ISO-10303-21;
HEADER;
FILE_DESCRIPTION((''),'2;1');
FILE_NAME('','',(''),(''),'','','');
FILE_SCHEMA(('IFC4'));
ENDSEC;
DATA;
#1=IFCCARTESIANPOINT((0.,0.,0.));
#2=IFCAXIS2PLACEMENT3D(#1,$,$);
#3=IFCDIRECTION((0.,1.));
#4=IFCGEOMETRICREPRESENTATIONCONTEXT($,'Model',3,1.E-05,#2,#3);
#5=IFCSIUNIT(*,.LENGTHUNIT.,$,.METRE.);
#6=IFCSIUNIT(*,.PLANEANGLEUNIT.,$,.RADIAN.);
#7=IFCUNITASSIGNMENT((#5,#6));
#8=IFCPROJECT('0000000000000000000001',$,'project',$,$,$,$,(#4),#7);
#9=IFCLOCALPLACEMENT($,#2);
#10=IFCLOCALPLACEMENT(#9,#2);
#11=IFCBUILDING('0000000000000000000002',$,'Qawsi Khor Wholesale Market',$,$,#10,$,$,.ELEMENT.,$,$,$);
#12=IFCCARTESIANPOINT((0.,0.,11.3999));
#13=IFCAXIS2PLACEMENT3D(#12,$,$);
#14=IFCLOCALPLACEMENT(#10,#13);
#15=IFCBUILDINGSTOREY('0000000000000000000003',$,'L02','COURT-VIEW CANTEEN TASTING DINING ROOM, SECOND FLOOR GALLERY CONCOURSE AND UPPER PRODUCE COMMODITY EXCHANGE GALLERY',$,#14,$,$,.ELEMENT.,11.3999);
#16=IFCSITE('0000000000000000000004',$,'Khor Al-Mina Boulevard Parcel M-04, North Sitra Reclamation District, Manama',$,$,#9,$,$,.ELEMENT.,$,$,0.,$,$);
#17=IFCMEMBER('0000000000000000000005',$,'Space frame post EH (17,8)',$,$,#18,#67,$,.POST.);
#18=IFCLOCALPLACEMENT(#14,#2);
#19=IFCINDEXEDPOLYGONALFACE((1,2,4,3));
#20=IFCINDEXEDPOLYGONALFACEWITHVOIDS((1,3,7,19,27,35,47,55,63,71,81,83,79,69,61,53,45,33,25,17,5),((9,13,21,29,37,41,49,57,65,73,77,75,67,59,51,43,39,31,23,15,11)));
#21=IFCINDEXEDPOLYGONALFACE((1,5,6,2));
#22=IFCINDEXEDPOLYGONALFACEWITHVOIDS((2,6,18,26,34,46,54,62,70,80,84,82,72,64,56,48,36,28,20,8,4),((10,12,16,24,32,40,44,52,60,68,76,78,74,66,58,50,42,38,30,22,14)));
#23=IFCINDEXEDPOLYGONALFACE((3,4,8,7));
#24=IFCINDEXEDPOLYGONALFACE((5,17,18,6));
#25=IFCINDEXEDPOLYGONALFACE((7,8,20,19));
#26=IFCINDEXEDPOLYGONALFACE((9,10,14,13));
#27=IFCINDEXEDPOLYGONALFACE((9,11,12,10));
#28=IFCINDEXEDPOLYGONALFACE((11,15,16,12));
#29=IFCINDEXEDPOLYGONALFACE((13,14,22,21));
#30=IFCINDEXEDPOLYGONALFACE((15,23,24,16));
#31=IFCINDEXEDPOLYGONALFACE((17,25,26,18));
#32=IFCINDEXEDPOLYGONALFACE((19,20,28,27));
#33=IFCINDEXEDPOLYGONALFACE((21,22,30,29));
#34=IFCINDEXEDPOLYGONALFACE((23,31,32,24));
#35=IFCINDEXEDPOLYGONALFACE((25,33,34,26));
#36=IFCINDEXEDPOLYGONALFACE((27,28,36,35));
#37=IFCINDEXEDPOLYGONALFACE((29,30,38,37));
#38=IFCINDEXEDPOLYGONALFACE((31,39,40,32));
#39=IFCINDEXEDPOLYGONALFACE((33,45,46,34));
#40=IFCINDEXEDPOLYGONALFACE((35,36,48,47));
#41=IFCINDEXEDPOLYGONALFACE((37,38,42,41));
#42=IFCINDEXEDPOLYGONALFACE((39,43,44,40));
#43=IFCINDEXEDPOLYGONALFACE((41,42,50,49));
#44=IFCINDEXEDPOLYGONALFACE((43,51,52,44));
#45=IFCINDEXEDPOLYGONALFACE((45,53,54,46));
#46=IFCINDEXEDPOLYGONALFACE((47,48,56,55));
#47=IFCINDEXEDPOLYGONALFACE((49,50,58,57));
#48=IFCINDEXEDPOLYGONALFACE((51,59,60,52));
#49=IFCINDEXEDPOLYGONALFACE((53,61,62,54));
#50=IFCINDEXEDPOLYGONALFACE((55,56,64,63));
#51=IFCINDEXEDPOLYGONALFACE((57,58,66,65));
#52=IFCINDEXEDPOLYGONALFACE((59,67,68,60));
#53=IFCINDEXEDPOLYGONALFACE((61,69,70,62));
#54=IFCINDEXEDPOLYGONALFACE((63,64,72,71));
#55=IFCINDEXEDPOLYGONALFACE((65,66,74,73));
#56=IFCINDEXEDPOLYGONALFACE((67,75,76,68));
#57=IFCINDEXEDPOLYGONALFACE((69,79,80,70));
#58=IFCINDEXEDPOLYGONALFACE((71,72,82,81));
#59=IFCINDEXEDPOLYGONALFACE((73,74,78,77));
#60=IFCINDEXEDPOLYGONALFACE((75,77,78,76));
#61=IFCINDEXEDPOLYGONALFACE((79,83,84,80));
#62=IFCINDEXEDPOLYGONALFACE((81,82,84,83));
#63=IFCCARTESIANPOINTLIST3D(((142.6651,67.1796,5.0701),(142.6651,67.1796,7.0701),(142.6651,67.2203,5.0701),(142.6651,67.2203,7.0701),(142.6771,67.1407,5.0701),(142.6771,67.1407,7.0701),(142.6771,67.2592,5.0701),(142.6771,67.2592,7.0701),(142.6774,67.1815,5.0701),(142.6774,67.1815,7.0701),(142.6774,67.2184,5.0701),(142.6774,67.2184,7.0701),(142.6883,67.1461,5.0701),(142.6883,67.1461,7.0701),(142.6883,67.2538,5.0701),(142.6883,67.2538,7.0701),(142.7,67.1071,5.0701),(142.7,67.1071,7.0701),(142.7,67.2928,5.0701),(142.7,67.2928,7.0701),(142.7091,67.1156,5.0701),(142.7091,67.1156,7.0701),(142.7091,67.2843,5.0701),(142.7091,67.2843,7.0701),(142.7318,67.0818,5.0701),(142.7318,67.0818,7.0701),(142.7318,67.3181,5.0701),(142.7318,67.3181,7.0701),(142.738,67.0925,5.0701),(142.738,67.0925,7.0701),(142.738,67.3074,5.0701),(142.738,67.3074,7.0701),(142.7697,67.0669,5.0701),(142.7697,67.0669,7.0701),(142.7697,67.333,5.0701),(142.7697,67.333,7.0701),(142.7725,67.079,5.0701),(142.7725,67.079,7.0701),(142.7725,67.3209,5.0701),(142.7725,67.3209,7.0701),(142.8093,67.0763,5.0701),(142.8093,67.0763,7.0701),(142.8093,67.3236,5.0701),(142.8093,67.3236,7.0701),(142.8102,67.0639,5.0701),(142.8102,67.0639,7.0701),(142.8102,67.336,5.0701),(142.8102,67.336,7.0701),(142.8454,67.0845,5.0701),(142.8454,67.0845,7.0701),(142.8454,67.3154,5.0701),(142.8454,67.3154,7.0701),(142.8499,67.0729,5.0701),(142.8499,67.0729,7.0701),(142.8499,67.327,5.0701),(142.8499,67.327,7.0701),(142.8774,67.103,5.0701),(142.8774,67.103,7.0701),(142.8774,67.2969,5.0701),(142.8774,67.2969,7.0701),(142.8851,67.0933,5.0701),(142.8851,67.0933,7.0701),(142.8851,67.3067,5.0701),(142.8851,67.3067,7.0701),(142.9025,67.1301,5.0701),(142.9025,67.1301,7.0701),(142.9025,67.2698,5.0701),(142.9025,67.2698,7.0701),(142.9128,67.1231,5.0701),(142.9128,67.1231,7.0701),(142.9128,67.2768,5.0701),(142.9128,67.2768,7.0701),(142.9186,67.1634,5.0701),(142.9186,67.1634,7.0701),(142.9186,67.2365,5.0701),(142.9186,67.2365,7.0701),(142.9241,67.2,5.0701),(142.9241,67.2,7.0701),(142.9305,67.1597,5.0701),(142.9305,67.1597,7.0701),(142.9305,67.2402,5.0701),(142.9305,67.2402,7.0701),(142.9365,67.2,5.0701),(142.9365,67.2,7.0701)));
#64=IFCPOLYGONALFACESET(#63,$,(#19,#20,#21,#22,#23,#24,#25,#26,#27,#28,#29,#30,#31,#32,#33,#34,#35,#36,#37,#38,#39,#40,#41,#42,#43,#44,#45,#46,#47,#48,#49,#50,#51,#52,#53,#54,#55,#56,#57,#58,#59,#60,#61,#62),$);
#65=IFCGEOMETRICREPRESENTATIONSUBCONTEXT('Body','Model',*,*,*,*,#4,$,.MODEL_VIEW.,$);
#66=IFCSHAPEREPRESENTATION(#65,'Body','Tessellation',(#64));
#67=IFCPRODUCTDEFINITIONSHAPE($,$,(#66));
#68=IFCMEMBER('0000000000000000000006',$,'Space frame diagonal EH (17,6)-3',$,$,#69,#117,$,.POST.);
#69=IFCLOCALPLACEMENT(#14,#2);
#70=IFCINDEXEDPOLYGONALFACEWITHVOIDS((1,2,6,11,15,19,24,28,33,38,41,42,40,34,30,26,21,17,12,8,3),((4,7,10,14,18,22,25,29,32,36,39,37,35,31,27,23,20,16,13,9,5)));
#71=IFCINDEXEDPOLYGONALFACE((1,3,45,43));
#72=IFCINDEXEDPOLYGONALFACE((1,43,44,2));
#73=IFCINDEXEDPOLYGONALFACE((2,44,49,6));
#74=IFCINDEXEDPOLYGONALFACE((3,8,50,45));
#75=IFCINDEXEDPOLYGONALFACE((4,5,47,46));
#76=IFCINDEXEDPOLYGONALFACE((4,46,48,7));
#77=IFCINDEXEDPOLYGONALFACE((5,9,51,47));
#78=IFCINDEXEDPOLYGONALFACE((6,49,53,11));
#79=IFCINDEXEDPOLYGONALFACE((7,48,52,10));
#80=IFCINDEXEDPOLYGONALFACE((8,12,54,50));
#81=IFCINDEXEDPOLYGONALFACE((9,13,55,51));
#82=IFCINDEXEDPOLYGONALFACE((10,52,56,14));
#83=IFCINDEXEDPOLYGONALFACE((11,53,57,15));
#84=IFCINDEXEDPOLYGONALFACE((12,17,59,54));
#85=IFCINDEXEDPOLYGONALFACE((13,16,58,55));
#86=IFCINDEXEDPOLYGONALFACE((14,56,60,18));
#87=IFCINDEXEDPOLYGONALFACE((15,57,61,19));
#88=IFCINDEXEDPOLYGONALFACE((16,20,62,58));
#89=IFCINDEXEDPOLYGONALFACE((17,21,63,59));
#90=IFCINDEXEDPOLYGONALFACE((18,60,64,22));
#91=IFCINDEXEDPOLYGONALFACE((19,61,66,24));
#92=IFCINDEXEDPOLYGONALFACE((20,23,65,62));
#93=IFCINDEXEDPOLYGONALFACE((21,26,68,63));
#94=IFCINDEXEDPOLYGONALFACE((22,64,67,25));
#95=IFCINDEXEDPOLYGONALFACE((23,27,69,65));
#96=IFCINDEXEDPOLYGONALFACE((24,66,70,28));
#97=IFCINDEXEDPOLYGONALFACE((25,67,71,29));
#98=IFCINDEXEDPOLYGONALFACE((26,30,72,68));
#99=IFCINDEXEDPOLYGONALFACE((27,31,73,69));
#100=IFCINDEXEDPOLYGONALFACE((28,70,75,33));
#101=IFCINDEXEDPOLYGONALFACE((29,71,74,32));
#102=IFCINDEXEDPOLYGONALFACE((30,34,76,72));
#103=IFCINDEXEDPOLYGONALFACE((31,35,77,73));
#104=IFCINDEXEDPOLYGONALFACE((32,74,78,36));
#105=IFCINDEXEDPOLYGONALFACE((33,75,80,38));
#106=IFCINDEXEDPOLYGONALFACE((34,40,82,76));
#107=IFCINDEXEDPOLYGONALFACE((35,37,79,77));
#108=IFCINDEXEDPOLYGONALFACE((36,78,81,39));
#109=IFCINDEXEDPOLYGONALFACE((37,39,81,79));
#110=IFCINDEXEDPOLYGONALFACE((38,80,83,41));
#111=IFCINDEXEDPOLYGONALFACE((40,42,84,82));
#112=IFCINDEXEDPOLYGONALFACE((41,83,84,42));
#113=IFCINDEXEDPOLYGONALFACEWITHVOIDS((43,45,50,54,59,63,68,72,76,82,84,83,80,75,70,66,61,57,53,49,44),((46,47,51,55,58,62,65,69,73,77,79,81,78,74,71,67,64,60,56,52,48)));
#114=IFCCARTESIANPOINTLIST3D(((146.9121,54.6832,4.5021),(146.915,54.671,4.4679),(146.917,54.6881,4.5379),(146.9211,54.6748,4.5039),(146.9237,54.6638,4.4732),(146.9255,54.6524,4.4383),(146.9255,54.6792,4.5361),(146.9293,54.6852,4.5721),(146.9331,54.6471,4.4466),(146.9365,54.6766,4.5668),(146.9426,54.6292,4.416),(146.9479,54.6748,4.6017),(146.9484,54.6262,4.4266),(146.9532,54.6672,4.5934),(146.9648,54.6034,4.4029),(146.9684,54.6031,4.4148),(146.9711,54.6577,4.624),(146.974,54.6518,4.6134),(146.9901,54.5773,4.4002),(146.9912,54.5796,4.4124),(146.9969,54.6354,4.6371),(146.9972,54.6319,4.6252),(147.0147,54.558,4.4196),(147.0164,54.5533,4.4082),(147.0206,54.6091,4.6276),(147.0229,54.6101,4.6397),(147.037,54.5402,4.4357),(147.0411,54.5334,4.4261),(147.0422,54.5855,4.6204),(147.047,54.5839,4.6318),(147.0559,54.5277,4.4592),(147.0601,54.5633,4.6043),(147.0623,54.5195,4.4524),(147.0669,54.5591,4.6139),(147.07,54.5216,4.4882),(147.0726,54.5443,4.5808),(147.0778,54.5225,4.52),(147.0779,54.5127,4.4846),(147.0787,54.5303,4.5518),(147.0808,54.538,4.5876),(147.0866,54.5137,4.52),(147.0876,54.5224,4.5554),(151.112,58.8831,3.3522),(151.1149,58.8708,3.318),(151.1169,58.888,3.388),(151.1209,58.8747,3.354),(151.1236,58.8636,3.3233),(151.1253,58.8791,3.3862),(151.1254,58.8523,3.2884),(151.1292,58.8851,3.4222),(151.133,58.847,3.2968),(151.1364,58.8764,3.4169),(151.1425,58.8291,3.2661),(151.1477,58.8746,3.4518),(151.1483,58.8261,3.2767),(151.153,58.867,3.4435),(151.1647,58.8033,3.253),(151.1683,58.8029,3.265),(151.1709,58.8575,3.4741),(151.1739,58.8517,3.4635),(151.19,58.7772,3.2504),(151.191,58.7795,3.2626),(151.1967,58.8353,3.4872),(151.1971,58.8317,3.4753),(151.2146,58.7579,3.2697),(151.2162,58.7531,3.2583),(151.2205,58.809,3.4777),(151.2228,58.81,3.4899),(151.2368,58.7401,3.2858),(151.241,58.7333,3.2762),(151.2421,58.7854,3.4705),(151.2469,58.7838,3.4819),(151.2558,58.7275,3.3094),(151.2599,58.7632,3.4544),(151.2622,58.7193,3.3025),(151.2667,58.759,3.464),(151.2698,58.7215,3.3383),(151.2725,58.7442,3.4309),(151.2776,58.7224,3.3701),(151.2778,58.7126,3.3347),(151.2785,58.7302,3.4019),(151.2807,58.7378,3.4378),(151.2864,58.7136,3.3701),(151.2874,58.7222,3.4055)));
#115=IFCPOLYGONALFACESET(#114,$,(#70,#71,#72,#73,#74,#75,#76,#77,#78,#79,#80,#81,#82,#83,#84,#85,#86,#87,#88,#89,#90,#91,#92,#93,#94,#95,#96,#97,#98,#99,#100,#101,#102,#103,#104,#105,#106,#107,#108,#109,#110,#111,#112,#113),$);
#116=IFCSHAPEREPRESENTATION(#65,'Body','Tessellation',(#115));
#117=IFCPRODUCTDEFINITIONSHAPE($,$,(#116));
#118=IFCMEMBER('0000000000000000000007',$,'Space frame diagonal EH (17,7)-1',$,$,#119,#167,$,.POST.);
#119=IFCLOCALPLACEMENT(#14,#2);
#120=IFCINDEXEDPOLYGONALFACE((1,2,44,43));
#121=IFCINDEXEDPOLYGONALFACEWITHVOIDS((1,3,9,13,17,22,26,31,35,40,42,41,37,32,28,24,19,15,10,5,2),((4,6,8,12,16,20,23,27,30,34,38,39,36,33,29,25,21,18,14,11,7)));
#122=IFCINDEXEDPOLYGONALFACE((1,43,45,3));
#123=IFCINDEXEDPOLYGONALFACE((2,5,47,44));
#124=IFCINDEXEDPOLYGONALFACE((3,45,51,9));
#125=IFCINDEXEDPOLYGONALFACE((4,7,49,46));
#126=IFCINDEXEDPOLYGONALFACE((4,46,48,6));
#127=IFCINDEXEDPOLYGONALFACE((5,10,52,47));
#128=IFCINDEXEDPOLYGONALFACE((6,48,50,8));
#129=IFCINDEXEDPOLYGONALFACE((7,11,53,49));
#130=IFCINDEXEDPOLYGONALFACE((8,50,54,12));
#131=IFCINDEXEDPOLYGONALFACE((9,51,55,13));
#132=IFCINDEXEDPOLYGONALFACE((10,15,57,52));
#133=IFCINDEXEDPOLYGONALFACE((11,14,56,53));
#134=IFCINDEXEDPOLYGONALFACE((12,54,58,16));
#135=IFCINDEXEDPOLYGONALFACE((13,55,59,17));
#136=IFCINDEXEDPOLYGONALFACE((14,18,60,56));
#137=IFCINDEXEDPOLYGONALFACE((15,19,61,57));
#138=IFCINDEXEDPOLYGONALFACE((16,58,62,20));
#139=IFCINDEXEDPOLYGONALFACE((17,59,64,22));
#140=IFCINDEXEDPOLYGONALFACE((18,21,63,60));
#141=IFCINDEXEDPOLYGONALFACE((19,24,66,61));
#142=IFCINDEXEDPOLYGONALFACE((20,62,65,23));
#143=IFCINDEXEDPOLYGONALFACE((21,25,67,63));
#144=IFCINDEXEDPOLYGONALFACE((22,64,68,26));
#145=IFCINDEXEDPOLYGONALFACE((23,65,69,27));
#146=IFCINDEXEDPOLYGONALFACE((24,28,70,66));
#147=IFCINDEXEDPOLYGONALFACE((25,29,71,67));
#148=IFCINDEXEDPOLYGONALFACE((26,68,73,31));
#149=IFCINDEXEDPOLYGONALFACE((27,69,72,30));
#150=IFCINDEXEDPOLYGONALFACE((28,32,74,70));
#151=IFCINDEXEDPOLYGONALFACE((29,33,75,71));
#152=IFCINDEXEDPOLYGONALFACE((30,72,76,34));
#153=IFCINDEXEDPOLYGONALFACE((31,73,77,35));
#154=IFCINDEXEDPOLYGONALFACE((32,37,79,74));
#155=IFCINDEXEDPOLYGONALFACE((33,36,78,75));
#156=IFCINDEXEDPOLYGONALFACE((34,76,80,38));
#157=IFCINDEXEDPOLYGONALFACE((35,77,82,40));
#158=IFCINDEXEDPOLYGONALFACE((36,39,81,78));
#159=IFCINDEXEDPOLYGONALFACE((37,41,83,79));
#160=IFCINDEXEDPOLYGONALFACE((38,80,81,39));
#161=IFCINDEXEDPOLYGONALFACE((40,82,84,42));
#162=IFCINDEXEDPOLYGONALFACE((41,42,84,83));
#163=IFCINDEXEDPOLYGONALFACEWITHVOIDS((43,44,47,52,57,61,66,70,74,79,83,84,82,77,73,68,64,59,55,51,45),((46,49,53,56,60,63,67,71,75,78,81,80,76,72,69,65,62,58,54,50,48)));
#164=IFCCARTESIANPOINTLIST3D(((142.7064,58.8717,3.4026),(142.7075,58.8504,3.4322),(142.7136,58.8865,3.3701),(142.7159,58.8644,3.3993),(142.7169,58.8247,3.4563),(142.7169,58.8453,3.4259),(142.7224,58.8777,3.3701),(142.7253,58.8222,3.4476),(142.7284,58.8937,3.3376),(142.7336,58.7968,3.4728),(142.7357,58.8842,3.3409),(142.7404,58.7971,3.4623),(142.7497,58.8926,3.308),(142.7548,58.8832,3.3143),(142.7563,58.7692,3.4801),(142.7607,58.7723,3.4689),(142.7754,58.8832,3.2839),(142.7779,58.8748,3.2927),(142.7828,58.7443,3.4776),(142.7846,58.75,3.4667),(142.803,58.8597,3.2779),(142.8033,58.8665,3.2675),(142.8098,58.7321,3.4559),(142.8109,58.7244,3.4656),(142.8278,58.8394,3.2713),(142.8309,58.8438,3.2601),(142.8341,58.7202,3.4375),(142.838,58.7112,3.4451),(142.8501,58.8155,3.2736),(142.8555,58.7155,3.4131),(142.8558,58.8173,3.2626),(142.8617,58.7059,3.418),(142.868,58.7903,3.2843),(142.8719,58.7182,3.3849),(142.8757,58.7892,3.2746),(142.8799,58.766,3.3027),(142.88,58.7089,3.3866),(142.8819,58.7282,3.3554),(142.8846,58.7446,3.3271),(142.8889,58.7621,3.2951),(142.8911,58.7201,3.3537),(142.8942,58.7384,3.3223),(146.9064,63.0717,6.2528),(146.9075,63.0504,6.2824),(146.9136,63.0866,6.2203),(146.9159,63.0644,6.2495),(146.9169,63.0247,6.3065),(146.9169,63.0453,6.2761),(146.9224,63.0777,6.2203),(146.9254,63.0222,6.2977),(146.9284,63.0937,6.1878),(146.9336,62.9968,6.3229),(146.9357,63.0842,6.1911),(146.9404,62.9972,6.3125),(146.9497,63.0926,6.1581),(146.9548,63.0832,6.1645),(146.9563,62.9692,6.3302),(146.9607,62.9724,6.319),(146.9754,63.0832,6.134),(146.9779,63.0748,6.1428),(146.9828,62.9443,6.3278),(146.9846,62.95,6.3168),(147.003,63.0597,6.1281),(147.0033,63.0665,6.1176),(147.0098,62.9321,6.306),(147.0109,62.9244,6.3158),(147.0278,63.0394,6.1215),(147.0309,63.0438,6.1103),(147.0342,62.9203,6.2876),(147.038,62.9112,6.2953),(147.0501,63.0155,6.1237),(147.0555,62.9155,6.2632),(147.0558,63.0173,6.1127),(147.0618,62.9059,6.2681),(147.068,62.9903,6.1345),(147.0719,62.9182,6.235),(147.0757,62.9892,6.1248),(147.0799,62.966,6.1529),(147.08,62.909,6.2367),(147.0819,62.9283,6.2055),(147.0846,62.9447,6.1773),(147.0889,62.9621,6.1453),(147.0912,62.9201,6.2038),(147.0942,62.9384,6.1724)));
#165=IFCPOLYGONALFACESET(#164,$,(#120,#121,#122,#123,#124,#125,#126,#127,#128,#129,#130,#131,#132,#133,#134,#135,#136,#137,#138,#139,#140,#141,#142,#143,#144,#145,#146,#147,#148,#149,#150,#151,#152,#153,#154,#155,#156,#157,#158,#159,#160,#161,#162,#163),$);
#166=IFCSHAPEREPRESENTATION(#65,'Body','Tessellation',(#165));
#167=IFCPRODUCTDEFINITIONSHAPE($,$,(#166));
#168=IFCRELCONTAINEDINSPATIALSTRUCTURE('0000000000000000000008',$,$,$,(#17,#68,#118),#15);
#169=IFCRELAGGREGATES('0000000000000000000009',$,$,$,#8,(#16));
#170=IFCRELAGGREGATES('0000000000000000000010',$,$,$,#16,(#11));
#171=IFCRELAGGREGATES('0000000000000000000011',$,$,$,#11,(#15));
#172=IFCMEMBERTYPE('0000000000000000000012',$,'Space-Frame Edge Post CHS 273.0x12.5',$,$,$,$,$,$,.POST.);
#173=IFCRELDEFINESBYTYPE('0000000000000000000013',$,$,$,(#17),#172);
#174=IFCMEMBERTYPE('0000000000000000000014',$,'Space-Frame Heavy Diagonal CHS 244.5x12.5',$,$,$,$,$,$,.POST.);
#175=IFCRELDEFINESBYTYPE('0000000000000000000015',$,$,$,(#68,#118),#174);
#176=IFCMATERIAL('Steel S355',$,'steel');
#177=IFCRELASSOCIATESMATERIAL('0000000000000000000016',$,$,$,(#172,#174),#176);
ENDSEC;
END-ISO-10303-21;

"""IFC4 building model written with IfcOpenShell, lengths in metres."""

from ifc_helpers import new_model, si_unit, direction, frame, origin, origin_2d, place, context, subcontext, project, spatial, hollow_circle, extrude, material, material_profile, profile_set, type_object, element, save


model = new_model("IFC4")

# Units and contexts
model_context = context("Model", 3, precision=1e-05, world=origin(), true_north=direction((0.0, 1.0)))
body_context = subcontext(model_context, "Body", "Model", "MODEL_VIEW")
ifc_project = project(units=[si_unit("LENGTHUNIT", "METRE"), si_unit("PLANEANGLEUNIT", "RADIAN")], contexts=[model_context])

# Site, building, storey
site_placement = place(None, origin())
site = spatial("IfcSite", under=ifc_project, at=site_placement, Name="Khor Al-Mina Boulevard Parcel M-04, North Sitra Reclamation District, Manama", CompositionType="ELEMENT", RefElevation=0.0)
building_placement = place(site_placement, origin())
building = spatial("IfcBuilding", under=site, at=building_placement, Name="Qawsi Khor Wholesale Market", CompositionType="ELEMENT")
storey_placement = place(building_placement, frame((0.0, 0.0, 11.3999)))
storey = spatial("IfcBuildingStorey", under=building, at=storey_placement, Name="L02", Description="COURT-VIEW CANTEEN TASTING DINING ROOM, SECOND FLOOR GALLERY CONCOURSE AND UPPER PRODUCE COMMODITY EXCHANGE GALLERY", CompositionType="ELEMENT", Elevation=11.3999)

# Members
ifc_material_1 = material(Name="Steel S355", Category="steel")
ifc_material_profile_1 = material_profile(ifc_material_1, hollow_circle(Radius=0.1365, WallThickness=0.0125, at=origin_2d()), Name="CHS 273.0x12.5")
ifc_profile_set_1 = profile_set([ifc_material_profile_1], Name="Steel S355")
member_type_1 = type_object("IfcMemberType", Name="Space-Frame Edge Post CHS 273.0x12.5", PredefinedType="POST", material=ifc_profile_set_1)
member_1_placement = place(storey_placement, frame((142.8, 67.2, 5.0701), z_axis=(0.0, 0.0, 1.0), x_axis=(1.0, 0.0, 0.0)))
element("IfcMember", 1, at=member_1_placement, inside=storey, type_object=member_type_1, Name="Space frame post EH (17,8)", PredefinedType="POST", context=body_context, shape_type="SweptSolid", body=[
    extrude(hollow_circle(Radius=0.1365, WallThickness=0.0125, at=origin_2d()), origin(), (0.0, 0.0, 1.0), 2.0),
])
ifc_material_profile_2 = material_profile(ifc_material_1, hollow_circle(Radius=0.1223, WallThickness=0.0125, at=origin_2d()), Name="CHS 244.5x12.5")
ifc_profile_set_2 = profile_set([ifc_material_profile_2], Name="Steel S355")
member_type_2 = type_object("IfcMemberType", Name="Space-Frame Heavy Diagonal CHS 244.5x12.5", PredefinedType="POST", material=ifc_profile_set_2)
member_2_placement = place(storey_placement, frame((151.2, 58.8, 3.3701), z_axis=(-0.694217, -0.694217, 0.190069), x_axis=(0.707107, -0.707107, 0.0)))
element("IfcMember", 2, at=member_2_placement, inside=storey, type_object=member_type_2, Name="Space frame diagonal EH (17,6)-3", PredefinedType="POST", context=body_context, shape_type="SweptSolid", body=[
    extrude(hollow_circle(Radius=0.1223, WallThickness=0.0125, at=origin_2d()), origin(), (0.0, 0.0, 1.0), 6.0498),
])
for number, where, z_axis, x_axis, name in (
    (3, (142.8, 58.8, 3.3701), (0.637512, 0.637512, 0.432617), (-0.707107, 0.707107, 0.0), "Space frame diagonal EH (17,7)-1"),
):
    element("IfcMember", number, at=place(storey_placement, frame(where, z_axis=z_axis, x_axis=x_axis)), inside=storey, type_object=member_type_2, Name=name, PredefinedType="POST", context=body_context, shape_type="SweptSolid", body=[
        extrude(hollow_circle(Radius=0.1223, WallThickness=0.0125, at=origin_2d()), origin(), (0.0, 0.0, 1.0), 6.5881),
    ])

save(model, "model.ifc")
